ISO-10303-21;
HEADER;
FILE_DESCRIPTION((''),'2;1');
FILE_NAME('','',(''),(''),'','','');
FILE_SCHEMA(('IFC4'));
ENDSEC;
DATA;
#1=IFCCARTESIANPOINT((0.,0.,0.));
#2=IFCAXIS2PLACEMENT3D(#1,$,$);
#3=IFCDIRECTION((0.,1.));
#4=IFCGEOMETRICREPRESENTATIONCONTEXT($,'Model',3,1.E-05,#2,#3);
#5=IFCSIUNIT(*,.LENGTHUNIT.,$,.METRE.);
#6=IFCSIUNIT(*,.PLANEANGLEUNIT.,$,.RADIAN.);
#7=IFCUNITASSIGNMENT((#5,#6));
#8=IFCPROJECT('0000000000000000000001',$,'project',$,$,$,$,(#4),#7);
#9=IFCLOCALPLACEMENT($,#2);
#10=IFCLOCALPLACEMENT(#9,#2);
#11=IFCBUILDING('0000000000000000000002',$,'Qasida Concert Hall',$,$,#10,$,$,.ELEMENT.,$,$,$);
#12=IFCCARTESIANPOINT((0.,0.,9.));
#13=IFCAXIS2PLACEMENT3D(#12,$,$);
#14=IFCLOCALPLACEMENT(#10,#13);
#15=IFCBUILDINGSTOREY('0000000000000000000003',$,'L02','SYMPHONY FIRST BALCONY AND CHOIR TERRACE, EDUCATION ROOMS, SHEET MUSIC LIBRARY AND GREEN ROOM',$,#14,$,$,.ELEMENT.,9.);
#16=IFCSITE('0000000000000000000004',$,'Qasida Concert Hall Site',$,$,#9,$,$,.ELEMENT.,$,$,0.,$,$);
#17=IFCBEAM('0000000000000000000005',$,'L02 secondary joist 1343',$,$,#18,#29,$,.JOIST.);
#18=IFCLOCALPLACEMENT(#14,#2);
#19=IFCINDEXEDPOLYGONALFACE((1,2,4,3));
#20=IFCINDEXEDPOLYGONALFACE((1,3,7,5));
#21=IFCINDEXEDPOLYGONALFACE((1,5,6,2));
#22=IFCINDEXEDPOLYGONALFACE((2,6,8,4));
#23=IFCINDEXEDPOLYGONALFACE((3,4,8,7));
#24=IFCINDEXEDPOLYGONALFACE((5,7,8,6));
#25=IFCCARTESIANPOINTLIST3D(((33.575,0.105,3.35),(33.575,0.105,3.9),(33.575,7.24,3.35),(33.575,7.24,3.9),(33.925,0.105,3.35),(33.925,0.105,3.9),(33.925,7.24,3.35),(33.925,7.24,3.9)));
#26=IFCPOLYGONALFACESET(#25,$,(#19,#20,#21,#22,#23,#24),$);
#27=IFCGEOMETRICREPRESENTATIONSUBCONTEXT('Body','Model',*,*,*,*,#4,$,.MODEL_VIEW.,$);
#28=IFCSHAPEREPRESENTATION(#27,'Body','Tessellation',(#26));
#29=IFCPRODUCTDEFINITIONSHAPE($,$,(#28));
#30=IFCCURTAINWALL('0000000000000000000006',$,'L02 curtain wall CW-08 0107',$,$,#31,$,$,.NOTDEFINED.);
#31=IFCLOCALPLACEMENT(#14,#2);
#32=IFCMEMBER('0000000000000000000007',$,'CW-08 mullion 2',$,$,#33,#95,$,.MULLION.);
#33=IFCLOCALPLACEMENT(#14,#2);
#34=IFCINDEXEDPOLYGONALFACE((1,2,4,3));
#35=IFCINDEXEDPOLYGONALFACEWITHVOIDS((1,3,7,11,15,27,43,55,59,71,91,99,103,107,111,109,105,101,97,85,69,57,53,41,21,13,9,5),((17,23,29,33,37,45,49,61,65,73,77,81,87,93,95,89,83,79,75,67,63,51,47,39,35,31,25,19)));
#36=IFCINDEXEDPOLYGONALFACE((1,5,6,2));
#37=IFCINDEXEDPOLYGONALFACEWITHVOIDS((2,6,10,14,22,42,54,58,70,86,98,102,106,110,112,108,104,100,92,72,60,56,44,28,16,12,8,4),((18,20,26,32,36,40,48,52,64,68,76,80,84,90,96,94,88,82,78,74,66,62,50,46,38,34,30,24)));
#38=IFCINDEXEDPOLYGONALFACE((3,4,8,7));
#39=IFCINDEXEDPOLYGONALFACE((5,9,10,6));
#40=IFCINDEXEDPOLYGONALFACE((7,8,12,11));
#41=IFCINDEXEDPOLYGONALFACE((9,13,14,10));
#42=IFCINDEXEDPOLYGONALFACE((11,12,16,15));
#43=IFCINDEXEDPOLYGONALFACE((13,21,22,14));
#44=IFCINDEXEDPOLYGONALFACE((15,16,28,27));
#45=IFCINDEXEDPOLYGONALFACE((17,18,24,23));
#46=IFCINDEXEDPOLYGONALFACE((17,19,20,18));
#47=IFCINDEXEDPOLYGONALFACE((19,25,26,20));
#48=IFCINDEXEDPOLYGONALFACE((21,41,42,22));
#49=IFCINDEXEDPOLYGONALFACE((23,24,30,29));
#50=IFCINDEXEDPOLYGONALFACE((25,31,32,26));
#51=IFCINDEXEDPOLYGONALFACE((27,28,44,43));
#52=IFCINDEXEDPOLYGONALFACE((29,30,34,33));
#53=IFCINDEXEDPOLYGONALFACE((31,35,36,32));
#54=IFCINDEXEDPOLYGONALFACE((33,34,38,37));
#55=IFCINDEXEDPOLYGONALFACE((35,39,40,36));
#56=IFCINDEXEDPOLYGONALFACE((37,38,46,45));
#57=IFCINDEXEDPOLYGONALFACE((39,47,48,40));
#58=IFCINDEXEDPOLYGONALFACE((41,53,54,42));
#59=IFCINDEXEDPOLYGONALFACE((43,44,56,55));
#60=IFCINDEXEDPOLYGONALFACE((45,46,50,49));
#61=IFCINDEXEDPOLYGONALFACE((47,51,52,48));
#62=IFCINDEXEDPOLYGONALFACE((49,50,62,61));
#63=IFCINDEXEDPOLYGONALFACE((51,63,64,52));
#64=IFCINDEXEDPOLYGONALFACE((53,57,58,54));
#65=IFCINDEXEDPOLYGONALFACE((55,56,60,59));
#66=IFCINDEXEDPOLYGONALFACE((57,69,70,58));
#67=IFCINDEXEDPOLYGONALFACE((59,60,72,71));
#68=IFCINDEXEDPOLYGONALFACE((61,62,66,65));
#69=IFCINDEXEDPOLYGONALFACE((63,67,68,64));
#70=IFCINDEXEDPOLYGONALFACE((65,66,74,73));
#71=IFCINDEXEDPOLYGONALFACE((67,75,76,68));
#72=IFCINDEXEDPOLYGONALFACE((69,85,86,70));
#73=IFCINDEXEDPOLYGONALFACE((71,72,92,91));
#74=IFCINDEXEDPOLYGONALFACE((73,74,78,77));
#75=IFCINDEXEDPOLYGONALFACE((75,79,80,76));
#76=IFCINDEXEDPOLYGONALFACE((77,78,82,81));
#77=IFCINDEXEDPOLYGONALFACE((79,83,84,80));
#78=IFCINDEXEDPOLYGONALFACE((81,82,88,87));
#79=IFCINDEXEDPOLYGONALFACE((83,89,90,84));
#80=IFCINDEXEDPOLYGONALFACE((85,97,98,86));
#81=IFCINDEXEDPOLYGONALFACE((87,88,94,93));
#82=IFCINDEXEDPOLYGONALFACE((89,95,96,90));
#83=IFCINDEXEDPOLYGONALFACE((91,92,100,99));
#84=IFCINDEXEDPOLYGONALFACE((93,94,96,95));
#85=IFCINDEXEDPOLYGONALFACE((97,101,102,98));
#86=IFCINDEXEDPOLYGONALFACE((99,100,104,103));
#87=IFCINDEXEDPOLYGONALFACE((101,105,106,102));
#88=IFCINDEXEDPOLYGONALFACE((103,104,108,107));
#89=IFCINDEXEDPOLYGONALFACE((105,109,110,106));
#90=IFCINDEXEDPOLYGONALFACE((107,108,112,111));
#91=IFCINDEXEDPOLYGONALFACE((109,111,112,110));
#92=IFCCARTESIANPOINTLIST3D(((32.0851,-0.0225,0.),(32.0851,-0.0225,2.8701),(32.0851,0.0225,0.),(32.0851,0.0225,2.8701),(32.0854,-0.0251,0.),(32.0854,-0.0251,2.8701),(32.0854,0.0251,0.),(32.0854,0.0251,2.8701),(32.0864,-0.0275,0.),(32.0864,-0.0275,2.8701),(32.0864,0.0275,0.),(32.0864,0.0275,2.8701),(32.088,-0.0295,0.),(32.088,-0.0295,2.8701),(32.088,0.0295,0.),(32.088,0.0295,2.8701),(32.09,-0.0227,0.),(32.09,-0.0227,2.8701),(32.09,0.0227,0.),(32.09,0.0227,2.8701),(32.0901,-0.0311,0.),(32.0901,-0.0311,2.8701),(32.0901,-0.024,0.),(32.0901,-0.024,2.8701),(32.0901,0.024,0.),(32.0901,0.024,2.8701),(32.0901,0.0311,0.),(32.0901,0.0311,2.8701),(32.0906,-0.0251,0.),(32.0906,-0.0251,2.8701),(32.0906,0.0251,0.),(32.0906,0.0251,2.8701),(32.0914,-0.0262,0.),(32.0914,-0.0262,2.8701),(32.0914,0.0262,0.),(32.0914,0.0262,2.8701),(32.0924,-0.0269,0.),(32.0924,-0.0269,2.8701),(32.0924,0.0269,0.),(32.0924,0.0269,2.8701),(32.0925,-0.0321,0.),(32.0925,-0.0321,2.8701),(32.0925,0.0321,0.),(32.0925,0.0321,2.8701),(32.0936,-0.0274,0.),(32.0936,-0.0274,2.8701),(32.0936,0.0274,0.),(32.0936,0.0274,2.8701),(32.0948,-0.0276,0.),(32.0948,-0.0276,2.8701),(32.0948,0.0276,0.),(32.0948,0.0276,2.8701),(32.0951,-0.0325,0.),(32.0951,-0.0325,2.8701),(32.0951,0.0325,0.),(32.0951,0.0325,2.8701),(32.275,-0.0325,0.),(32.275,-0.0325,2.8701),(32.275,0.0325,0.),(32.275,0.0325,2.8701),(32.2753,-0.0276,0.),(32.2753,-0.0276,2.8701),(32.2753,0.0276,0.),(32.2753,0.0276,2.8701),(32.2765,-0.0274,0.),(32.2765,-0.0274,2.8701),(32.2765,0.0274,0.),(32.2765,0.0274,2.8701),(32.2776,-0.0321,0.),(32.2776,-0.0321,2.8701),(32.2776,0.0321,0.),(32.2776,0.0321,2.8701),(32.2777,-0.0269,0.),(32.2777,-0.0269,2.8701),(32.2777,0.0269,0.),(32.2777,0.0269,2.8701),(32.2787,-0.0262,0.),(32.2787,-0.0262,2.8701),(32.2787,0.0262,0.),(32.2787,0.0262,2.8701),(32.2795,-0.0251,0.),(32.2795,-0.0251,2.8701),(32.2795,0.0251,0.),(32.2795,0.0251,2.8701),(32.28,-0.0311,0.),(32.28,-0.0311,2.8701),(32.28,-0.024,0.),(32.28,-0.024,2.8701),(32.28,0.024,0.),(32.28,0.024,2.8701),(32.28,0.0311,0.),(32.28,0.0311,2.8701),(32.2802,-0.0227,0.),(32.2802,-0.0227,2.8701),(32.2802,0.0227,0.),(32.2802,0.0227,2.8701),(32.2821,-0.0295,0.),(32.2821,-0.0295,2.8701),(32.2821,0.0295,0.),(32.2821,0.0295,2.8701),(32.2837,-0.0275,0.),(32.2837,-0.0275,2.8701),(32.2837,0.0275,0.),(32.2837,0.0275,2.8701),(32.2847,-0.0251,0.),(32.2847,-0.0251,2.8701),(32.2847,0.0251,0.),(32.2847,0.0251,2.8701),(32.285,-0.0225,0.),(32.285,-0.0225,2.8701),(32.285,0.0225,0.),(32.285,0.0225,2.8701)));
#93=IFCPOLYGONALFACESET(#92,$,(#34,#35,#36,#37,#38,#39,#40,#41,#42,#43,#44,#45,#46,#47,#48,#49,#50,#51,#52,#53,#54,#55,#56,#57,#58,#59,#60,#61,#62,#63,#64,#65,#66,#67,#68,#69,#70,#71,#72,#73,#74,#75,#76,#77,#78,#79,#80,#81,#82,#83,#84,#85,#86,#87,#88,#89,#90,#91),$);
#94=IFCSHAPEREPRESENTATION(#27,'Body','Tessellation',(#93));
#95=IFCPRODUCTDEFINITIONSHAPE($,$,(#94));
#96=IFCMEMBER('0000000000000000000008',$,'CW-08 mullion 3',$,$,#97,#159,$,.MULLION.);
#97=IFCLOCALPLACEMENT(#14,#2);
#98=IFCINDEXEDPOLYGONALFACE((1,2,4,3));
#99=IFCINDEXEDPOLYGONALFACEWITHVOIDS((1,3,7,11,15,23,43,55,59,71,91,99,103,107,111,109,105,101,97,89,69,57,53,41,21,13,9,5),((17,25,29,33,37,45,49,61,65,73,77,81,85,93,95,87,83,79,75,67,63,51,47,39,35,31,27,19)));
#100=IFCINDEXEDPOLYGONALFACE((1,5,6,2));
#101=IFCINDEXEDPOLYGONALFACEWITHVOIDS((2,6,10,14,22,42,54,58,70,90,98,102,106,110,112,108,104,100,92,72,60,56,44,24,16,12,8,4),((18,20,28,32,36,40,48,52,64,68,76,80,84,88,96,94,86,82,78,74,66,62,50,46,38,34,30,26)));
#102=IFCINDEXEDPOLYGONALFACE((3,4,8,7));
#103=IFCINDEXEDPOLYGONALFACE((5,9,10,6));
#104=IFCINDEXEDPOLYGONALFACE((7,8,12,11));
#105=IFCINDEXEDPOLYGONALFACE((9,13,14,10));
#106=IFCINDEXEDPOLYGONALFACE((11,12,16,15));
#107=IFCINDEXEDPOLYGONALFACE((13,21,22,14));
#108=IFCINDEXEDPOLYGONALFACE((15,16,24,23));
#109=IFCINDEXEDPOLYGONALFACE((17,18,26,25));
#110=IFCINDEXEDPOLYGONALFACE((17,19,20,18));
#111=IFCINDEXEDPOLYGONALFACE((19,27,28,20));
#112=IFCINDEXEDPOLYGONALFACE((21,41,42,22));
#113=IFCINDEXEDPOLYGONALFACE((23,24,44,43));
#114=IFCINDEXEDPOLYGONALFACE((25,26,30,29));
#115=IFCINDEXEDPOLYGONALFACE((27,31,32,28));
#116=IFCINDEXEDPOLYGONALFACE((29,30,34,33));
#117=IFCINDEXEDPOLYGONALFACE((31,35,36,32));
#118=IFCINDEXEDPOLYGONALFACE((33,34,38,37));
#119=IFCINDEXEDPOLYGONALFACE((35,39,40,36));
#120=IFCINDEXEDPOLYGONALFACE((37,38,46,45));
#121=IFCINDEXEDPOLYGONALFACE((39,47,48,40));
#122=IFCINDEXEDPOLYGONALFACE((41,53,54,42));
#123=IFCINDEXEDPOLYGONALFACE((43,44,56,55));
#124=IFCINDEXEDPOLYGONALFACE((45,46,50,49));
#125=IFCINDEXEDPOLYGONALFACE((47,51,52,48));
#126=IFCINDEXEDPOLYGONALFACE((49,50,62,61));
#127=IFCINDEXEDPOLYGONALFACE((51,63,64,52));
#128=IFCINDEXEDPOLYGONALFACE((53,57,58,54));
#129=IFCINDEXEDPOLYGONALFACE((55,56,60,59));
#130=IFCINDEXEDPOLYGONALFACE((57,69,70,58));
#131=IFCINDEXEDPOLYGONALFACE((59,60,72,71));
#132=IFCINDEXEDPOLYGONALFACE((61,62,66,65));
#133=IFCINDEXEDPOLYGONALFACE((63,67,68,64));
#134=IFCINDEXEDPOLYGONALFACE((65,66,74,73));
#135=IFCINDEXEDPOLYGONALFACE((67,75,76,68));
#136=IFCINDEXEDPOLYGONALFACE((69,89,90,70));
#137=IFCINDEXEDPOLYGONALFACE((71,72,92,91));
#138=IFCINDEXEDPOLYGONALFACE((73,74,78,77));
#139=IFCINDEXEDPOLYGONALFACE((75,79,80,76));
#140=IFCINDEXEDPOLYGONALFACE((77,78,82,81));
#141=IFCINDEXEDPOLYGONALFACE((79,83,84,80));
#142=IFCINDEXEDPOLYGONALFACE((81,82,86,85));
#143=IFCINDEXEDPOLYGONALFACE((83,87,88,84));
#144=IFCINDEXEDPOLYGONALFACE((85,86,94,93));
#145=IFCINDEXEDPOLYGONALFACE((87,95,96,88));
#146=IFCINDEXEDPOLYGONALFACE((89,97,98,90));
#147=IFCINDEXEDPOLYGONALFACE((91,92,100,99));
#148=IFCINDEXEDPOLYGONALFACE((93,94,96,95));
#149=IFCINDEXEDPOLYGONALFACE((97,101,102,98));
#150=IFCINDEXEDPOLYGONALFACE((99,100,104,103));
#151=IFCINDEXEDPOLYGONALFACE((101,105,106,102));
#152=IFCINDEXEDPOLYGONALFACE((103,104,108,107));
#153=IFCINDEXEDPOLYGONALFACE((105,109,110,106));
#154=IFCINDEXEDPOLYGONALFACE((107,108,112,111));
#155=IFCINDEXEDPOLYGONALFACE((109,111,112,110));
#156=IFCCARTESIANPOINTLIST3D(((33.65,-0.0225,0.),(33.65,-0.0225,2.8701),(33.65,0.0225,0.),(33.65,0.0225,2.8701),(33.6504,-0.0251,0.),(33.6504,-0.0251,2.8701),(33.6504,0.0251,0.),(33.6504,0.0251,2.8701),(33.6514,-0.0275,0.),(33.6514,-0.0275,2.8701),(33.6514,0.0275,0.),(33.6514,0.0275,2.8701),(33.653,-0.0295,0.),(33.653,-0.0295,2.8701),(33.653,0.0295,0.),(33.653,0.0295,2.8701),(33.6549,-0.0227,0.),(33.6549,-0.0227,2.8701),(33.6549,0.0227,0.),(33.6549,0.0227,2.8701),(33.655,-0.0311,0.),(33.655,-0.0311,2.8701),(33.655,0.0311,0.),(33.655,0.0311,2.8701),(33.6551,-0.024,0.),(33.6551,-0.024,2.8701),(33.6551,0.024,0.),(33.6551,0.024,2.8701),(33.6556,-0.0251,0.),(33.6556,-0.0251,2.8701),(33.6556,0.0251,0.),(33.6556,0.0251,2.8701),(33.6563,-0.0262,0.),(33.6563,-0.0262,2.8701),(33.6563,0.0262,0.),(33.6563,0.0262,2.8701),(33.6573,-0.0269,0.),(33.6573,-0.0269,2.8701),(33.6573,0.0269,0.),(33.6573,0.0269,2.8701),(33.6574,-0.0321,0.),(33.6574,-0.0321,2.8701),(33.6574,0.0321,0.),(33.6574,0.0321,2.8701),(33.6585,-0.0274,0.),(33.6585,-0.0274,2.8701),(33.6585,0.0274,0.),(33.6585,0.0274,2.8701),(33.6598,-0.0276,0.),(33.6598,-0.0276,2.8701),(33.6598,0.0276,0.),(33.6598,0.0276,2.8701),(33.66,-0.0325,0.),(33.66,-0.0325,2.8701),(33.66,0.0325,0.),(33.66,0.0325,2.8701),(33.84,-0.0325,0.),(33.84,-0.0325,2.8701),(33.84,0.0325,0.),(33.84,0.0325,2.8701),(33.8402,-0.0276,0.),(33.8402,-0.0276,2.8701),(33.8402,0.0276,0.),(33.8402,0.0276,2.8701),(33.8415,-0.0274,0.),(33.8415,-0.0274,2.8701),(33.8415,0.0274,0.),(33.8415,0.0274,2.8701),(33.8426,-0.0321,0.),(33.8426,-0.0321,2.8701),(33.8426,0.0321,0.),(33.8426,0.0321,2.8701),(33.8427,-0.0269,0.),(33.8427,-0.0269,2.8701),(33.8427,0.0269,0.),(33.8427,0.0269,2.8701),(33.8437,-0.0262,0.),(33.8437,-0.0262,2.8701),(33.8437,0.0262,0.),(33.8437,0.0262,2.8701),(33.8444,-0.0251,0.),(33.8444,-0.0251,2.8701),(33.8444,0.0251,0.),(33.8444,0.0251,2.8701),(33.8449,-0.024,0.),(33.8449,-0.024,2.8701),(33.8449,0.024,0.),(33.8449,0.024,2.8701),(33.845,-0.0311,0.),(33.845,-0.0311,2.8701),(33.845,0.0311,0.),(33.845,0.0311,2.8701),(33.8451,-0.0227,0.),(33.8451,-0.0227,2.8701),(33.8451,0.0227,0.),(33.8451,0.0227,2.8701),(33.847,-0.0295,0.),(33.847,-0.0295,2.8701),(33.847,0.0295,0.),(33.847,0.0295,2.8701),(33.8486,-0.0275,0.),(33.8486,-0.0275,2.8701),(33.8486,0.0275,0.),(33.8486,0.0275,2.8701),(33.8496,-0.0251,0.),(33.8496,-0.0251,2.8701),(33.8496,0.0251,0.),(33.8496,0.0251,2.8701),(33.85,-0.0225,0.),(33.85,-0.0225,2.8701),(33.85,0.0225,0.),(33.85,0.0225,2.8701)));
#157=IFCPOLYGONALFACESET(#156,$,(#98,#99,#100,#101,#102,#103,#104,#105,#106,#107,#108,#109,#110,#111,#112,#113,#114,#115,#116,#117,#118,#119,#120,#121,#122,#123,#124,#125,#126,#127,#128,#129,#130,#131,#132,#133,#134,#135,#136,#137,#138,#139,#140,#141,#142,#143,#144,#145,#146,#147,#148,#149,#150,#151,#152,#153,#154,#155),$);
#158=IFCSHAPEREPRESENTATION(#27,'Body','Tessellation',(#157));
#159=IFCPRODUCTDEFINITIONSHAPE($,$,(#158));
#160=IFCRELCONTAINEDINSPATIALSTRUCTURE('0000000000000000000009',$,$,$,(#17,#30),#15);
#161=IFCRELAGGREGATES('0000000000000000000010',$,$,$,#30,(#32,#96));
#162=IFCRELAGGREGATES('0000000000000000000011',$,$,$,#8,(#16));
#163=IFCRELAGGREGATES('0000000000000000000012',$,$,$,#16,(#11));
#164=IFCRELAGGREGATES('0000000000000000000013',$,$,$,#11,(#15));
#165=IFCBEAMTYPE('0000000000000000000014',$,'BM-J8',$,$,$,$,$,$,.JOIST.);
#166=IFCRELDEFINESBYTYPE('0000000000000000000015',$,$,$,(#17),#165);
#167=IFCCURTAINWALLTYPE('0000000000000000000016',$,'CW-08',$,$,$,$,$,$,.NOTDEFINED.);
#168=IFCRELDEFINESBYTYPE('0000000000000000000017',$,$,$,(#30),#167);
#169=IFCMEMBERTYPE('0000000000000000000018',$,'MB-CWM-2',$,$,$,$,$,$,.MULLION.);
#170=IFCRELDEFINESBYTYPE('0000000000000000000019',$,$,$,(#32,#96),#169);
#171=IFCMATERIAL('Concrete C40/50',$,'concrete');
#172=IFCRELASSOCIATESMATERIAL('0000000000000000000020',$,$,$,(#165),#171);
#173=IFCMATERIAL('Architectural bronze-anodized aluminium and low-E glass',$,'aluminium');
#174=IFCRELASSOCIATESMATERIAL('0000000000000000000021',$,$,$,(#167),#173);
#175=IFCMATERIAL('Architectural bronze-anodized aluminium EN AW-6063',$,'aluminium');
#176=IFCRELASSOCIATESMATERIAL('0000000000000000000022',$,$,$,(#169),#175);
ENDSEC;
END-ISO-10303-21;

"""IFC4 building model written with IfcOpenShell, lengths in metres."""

from ifc_helpers import new_model, si_unit, direction, frame, origin, origin_2d, place, context, subcontext, project, spatial, rectangle, hollow_rectangle, extrude, material, material_profile, profile_set, type_object, element, aggregate, save


model = new_model("IFC4")

# Units and contexts
model_context = context("Model", 3, precision=1e-05, world=origin(), true_north=direction((0.0, 1.0)))
body_context = subcontext(model_context, "Body", "Model", "MODEL_VIEW")
ifc_project = project(units=[si_unit("LENGTHUNIT", "METRE"), si_unit("PLANEANGLEUNIT", "RADIAN")], contexts=[model_context])

# Site, building, storey
site_placement = place(None, origin())
site = spatial("IfcSite", under=ifc_project, at=site_placement, Name="Qasida Concert Hall Site", CompositionType="ELEMENT", RefElevation=0.0)
building_placement = place(site_placement, origin())
building = spatial("IfcBuilding", under=site, at=building_placement, Name="Qasida Concert Hall", CompositionType="ELEMENT")
storey_placement = place(building_placement, frame((0.0, 0.0, 9.0)))
storey = spatial("IfcBuildingStorey", under=building, at=storey_placement, Name="L02", Description="SYMPHONY FIRST BALCONY AND CHOIR TERRACE, EDUCATION ROOMS, SHEET MUSIC LIBRARY AND GREEN ROOM", CompositionType="ELEMENT", Elevation=9.0)

# Beam
ifc_material_1 = material(Name="Concrete C40/50", Category="concrete")
ifc_material_profile_1 = material_profile(ifc_material_1, rectangle(XDim=0.3501, YDim=0.55, at=origin_2d()), Name="RC 350x550")
ifc_profile_set_1 = profile_set([ifc_material_profile_1], Name="Concrete C40/50")
beam_type = type_object("IfcBeamType", Name="BM-J8", PredefinedType="JOIST", material=ifc_profile_set_1)
beam_placement = place(storey_placement, frame((33.75, 0.105, 3.625), z_axis=(0.0, 1.0, 0.0), x_axis=(-1.0, 0.0, 0.0)))
element("IfcBeam", 1, at=beam_placement, inside=storey, type_object=beam_type, Name="L02 secondary joist 1343", PredefinedType="JOIST", context=body_context, shape_type="SweptSolid", body=[
    extrude(rectangle(XDim=0.3501, YDim=0.55, at=origin_2d()), origin(), (0.0, 0.0, 1.0), 7.135),
])

# Curtain wall, members
ifc_material_2 = material(Name="Architectural bronze-anodized aluminium and low-E glass", Category="aluminium")
curtain_wall_type = type_object("IfcCurtainWallType", Name="CW-08", PredefinedType="NOTDEFINED", material=ifc_material_2)
curtain_wall_placement = place(storey_placement, origin())
curtain_wall = element("IfcCurtainWall", 2, at=curtain_wall_placement, inside=storey, type_object=curtain_wall_type, Name="L02 curtain wall CW-08 0107", PredefinedType="NOTDEFINED")
ifc_material_3 = material(Name="Architectural bronze-anodized aluminium EN AW-6063", Category="aluminium")
ifc_material_profile_2 = material_profile(ifc_material_3, hollow_rectangle(XDim=0.0649, YDim=0.2, WallThickness=0.0049, InnerFilletRadius=0.0049, OuterFilletRadius=0.01, at=origin_2d()), Name="CWM 200x65x5")
ifc_profile_set_2 = profile_set([ifc_material_profile_2], Name="Architectural bronze-anodized aluminium EN AW-6063")
member_type_1 = type_object("IfcMemberType", Name="MB-CWM-2", PredefinedType="MULLION", material=ifc_profile_set_2)
member_1_placement = place(storey_placement, frame((32.1851, 0.0, 0.0), z_axis=(0.0, 0.0, 1.0), x_axis=(0.0, 1.0, 0.0)))
member_1 = element("IfcMember", 3, at=member_1_placement, type_object=member_type_1, Name="CW-08 mullion 2", PredefinedType="MULLION", context=body_context, shape_type="SweptSolid", body=[
    extrude(hollow_rectangle(XDim=0.0649, YDim=0.2, WallThickness=0.0049, InnerFilletRadius=0.0049, OuterFilletRadius=0.01, at=origin_2d()), origin(), (0.0, 0.0, 1.0), 2.8701),
])
member_2_placement = place(storey_placement, frame((33.75, 0.0, 0.0), z_axis=(0.0, 0.0, 1.0), x_axis=(0.0, 1.0, 0.0)))
member_2 = element("IfcMember", 4, at=member_2_placement, type_object=member_type_1, Name="CW-08 mullion 3", PredefinedType="MULLION", context=body_context, shape_type="SweptSolid", body=[
    extrude(hollow_rectangle(XDim=0.0649, YDim=0.2, WallThickness=0.0049, InnerFilletRadius=0.0049, OuterFilletRadius=0.01, at=origin_2d()), origin(), (0.0, 0.0, 1.0), 2.8701),
])
aggregate(curtain_wall, [member_1, member_2])

save(model, "model.ifc")
